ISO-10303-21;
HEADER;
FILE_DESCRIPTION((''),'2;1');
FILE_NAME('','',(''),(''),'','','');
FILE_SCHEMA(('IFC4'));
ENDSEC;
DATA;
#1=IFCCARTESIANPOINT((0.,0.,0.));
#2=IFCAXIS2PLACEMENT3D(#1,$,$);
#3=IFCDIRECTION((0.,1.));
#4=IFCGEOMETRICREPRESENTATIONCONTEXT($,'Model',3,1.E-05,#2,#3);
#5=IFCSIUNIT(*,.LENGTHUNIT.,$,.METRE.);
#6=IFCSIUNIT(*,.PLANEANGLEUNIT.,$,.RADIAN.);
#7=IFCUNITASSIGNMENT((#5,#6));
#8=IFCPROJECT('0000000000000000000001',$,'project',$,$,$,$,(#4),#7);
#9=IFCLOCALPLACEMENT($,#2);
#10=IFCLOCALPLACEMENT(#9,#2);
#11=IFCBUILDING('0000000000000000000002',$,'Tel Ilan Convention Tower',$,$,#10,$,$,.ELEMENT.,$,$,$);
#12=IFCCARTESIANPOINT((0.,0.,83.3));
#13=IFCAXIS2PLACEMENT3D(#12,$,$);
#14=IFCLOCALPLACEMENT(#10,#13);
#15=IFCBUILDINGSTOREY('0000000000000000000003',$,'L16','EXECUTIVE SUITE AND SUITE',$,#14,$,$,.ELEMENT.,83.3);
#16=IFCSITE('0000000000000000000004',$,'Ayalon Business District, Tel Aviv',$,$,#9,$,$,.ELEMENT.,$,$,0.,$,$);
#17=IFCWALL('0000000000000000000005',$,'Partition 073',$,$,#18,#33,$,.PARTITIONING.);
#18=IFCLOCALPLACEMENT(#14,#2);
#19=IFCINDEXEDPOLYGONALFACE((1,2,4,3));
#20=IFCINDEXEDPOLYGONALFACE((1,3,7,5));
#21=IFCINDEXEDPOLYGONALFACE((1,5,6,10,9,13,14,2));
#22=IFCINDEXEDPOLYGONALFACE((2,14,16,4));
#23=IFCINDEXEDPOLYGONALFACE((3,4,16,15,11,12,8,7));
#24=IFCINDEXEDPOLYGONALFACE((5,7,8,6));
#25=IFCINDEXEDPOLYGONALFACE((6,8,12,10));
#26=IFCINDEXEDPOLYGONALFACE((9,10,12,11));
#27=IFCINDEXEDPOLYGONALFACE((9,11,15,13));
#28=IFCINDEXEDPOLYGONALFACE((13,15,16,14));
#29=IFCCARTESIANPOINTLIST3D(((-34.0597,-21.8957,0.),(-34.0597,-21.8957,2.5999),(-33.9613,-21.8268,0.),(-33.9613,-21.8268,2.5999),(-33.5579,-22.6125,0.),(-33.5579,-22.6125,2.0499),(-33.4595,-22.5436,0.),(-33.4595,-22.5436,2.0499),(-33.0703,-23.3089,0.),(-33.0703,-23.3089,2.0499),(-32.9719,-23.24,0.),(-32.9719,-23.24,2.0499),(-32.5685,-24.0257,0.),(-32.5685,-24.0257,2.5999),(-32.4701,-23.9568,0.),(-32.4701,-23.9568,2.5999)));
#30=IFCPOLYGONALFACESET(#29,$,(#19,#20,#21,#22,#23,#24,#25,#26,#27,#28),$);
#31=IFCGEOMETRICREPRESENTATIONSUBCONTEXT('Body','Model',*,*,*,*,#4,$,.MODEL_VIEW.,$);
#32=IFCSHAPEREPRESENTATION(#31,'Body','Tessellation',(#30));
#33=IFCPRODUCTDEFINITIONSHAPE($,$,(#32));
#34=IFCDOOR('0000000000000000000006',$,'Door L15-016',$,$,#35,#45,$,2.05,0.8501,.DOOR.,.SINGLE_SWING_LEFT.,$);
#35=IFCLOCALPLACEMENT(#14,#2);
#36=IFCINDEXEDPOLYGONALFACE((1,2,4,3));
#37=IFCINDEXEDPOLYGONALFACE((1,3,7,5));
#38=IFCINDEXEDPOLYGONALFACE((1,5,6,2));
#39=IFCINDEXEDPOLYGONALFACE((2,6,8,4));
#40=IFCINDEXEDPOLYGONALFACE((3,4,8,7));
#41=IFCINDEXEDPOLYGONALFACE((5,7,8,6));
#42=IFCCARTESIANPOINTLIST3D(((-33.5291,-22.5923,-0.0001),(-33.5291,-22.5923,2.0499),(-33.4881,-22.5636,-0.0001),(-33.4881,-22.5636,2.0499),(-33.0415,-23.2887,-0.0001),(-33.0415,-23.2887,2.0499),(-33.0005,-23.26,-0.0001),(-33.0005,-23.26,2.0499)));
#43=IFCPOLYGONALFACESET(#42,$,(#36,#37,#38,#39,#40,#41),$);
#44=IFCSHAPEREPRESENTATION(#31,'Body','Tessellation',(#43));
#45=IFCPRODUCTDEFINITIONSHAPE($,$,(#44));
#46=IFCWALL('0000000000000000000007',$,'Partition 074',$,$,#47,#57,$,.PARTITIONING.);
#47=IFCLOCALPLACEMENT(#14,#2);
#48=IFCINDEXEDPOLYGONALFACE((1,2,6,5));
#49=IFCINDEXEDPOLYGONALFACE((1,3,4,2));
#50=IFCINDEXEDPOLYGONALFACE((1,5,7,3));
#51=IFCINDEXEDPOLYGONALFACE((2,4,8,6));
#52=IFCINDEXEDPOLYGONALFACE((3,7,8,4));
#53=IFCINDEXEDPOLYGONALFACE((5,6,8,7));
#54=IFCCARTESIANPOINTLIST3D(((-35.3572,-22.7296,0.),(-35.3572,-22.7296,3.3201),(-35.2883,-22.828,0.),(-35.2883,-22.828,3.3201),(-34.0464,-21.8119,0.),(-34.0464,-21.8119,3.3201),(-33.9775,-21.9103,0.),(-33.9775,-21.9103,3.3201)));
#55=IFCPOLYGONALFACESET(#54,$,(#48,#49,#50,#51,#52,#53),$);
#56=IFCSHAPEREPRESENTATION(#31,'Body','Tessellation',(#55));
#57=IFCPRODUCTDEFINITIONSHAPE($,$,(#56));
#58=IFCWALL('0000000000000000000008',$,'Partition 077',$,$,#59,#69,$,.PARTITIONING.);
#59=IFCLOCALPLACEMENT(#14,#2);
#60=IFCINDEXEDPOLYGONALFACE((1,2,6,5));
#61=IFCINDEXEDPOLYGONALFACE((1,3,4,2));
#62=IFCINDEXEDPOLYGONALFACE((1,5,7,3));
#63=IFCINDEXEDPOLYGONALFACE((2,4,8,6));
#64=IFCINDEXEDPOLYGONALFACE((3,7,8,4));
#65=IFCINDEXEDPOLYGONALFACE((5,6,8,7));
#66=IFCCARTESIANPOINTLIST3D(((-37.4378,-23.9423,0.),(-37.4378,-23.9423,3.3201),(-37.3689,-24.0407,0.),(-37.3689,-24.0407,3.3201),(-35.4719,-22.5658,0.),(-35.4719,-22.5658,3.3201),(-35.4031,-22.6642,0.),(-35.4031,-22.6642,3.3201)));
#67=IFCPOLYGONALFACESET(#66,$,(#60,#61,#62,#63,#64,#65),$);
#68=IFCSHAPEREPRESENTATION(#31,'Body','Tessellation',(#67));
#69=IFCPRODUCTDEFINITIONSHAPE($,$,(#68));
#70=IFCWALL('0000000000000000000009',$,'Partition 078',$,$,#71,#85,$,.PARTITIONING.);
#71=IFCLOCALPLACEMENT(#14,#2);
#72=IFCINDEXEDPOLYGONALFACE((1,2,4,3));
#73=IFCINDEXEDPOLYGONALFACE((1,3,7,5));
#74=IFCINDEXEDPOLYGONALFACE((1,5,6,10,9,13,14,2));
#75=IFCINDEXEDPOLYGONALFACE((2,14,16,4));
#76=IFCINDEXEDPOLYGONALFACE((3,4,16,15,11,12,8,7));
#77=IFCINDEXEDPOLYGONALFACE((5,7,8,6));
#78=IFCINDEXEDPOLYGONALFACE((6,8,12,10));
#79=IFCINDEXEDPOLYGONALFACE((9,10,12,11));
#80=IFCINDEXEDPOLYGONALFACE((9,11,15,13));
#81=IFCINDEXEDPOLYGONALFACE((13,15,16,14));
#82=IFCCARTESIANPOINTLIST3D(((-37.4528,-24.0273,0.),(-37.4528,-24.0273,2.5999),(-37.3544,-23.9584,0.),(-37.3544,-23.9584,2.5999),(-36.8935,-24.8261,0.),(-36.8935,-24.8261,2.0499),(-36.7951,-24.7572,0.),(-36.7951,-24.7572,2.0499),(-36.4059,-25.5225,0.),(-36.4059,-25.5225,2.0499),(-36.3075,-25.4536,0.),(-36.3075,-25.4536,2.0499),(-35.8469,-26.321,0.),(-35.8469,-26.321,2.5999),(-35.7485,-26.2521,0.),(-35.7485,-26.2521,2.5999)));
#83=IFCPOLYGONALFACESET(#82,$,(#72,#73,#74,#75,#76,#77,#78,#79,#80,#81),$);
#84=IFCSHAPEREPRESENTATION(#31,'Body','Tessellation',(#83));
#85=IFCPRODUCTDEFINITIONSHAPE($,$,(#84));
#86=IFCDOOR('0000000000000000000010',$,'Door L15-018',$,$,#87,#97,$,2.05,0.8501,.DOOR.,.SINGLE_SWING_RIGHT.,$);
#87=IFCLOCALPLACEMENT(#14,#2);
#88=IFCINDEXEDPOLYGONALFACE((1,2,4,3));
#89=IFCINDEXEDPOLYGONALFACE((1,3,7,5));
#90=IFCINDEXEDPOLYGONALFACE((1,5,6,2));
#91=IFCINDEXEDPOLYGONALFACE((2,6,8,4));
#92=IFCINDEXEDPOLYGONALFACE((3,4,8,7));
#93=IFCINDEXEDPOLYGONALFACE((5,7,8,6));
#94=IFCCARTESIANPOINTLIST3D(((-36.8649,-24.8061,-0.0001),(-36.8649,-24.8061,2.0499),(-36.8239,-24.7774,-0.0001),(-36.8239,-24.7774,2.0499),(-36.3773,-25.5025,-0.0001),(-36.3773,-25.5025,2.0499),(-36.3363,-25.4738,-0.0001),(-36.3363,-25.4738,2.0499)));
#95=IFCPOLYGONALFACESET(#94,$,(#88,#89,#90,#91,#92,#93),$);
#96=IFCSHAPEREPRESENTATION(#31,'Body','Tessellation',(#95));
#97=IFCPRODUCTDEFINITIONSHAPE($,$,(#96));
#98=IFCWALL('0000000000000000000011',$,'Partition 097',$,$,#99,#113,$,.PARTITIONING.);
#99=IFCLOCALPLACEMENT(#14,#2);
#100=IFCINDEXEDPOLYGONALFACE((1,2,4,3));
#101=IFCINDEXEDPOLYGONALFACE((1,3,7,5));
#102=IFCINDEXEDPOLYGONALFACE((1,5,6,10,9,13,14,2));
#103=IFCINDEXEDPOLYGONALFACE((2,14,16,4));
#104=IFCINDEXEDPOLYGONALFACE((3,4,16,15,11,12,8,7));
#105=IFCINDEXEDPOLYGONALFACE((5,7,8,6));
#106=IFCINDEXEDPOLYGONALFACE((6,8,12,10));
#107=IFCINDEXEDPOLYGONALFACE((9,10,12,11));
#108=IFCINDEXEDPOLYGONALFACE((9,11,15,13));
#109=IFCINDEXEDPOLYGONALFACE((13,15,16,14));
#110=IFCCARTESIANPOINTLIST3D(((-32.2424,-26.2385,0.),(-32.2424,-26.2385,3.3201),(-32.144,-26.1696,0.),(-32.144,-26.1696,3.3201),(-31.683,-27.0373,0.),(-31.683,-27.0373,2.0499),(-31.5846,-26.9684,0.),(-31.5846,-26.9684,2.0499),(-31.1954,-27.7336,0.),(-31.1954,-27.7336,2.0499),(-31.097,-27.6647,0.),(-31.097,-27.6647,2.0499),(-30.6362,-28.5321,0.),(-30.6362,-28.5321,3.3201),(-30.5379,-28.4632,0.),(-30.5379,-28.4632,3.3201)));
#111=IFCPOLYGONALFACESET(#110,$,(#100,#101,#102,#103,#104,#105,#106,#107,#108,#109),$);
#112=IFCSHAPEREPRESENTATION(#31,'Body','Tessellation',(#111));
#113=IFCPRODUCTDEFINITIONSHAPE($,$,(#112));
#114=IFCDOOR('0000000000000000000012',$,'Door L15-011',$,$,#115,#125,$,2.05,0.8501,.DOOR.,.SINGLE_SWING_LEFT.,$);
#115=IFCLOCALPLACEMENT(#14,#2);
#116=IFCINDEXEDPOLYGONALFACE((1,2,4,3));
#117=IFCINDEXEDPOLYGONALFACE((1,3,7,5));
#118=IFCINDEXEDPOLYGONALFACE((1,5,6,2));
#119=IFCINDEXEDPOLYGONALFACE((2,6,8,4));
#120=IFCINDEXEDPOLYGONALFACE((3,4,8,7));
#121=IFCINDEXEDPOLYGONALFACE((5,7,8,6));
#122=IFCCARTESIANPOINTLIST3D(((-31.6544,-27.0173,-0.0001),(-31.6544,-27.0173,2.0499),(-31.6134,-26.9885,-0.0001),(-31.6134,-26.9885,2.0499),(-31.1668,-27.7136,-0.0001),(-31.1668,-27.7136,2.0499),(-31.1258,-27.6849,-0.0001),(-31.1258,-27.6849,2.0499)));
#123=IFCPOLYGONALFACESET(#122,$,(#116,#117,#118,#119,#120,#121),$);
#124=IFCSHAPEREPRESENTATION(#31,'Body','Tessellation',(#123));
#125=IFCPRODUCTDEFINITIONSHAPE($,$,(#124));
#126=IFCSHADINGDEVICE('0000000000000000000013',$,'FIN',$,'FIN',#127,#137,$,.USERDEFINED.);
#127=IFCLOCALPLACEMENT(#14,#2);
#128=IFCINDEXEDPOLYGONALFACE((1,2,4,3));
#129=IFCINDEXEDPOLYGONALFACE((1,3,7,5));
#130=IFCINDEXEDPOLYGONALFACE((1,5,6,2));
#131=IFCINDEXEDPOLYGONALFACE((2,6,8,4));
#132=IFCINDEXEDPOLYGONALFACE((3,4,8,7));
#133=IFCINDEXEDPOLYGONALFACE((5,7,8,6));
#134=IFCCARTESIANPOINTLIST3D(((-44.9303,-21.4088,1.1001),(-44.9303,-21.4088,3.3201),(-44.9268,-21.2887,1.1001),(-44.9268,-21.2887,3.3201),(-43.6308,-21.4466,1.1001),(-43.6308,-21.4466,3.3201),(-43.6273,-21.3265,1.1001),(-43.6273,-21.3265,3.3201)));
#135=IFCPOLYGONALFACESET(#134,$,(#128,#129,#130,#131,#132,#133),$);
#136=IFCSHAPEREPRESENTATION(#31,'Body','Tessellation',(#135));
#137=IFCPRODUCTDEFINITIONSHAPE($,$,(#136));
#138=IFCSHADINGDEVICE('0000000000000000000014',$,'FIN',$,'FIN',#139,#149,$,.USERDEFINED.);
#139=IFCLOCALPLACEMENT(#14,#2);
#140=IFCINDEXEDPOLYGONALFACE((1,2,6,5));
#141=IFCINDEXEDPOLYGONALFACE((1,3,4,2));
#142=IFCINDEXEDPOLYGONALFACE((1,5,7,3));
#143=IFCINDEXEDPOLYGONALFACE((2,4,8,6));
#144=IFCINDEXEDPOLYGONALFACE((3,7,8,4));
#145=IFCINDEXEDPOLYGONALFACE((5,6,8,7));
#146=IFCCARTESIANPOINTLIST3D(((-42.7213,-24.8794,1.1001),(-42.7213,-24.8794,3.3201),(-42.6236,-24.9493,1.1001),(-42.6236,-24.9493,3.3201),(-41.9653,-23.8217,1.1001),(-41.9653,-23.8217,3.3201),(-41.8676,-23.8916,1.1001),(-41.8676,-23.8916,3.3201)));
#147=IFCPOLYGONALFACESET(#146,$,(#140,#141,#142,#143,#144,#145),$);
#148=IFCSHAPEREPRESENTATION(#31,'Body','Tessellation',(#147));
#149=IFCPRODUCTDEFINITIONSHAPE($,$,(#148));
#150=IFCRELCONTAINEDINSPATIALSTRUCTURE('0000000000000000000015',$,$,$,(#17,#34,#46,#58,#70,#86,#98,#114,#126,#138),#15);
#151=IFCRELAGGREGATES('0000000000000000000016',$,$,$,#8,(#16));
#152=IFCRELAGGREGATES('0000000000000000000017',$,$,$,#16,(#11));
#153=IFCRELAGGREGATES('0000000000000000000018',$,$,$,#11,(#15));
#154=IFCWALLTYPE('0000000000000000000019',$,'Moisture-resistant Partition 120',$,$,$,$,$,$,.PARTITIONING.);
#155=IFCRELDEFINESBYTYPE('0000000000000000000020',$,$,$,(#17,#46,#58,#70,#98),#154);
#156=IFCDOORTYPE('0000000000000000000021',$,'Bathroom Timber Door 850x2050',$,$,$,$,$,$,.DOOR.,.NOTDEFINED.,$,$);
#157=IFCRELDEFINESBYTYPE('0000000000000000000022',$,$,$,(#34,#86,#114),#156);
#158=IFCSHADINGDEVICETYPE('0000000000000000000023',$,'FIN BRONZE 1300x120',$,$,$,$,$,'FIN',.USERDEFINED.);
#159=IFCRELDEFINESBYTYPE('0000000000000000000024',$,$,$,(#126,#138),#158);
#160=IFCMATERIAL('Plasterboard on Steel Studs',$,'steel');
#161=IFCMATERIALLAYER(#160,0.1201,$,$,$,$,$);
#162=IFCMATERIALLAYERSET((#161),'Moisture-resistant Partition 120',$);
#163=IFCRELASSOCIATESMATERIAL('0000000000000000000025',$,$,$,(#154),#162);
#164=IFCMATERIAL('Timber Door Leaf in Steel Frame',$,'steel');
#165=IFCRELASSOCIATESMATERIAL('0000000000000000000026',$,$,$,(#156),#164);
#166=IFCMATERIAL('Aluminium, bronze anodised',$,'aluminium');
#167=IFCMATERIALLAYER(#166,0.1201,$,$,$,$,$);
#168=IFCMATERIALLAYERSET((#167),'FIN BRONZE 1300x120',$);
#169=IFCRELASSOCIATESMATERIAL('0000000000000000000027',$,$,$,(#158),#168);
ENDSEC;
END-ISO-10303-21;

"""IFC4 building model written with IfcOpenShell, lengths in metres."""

from ifc_helpers import new_model, si_unit, direction, frame, frame_2d, origin, origin_2d, place, context, subcontext, project, spatial, rectangle, extrude, material, layer, layer_set, type_object, element, fill, save


model = new_model("IFC4")

# Units and contexts
model_context = context("Model", 3, precision=1e-05, world=origin(), true_north=direction((0.0, 1.0)))
body_context = subcontext(model_context, "Body", "Model", "MODEL_VIEW")
ifc_project = project(units=[si_unit("LENGTHUNIT", "METRE"), si_unit("PLANEANGLEUNIT", "RADIAN")], contexts=[model_context])

# Site, building, storey
site_placement = place(None, origin())
site = spatial("IfcSite", under=ifc_project, at=site_placement, Name="Ayalon Business District, Tel Aviv", CompositionType="ELEMENT", RefElevation=0.0)
building_placement = place(site_placement, origin())
building = spatial("IfcBuilding", under=site, at=building_placement, Name="Tel Ilan Convention Tower", CompositionType="ELEMENT")
storey_placement = place(building_placement, frame((0.0, 0.0, 83.3)))
storey = spatial("IfcBuildingStorey", under=building, at=storey_placement, Name="L16", Description="EXECUTIVE SUITE AND SUITE", CompositionType="ELEMENT", Elevation=83.3)

# Wall, opening, door
ifc_material_1 = material(Name="Plasterboard on Steel Studs", Category="steel")
ifc_layer_1 = layer(ifc_material_1, 0.1201)
ifc_layer_set_1 = layer_set([ifc_layer_1], Name="Moisture-resistant Partition 120")
wall_type_1 = type_object("IfcWallType", Name="Moisture-resistant Partition 120", PredefinedType="PARTITIONING", material=ifc_layer_set_1)
wall_1_placement = place(storey_placement, frame((-32.5193, -23.9912, 0.0), z_axis=(0.0, 0.0, 1.0), x_axis=(-0.573538, 0.819179, 0.0)))
wall_1 = element("IfcWall", 1, at=wall_1_placement, inside=storey, type_object=wall_type_1, Name="Partition 073", PredefinedType="PARTITIONING", context=body_context, shape_type="SweptSolid", body=[
    extrude(rectangle(XDim=2.6001, YDim=0.1201, at=frame_2d((1.3, 0.0))), origin(), (0.0, 0.0, 1.0), 2.5999),
])
opening_1_placement = place(wall_1_placement, frame((0.875, 0.0, 0.0)))
opening_1 = element("IfcOpeningElement", 2, at=opening_1_placement, cuts=wall_1, PredefinedType="OPENING", context=body_context, shape_type="SweptSolid", body=[
    extrude(rectangle(XDim=0.8501, YDim=2.05, at=frame_2d((0.425, 1.0249))), frame((0.0, 0.0701, 0.0), z_axis=(0.0, -1.0, 0.0), x_axis=(1.0, 0.0, 0.0)), (0.0, 0.0, 1.0), 0.1401),
])
ifc_material_2 = material(Name="Timber Door Leaf in Steel Frame", Category="steel")
door_type_1 = type_object("IfcDoorType", Name="Bathroom Timber Door 850x2050", OperationType="NOTDEFINED", PredefinedType="DOOR", material=ifc_material_2)
door_1_placement = place(opening_1_placement, origin())
door_1 = element("IfcDoor", 3, at=door_1_placement, inside=storey, type_object=door_type_1, Name="Door L15-016", OperationType="SINGLE_SWING_LEFT", OverallHeight=2.05, OverallWidth=0.8501, PredefinedType="DOOR", context=body_context, shape_type="SweptSolid", body=[
    extrude(rectangle(XDim=0.8501, YDim=2.05, at=frame_2d((0.425, 1.0249))), frame((0.0, 0.0249, 0.0), z_axis=(0.0, -1.0, 0.0), x_axis=(1.0, 0.0, 0.0)), (0.0, 0.0, 1.0), 0.05),
])
fill(opening_1, door_1)

# Walls
wall_2_placement = place(storey_placement, frame((-34.012, -21.8611, 0.0), z_axis=(0.0, 0.0, 1.0), x_axis=(-0.819182, -0.573534, 0.0)))
element("IfcWall", 4, at=wall_2_placement, inside=storey, type_object=wall_type_1, Name="Partition 074", PredefinedType="PARTITIONING", context=body_context, shape_type="SweptSolid", body=[
    extrude(rectangle(XDim=1.6001, YDim=0.1201, at=frame_2d((0.8, 0.0))), origin(), (0.0, 0.0, 1.0), 3.3201),
])
wall_3_placement = place(storey_placement, frame((-35.4375, -22.615, 0.0), z_axis=(0.0, 0.0, 1.0), x_axis=(-0.819155, -0.573572, 0.0)))
element("IfcWall", 5, at=wall_3_placement, inside=storey, type_object=wall_type_1, Name="Partition 077", PredefinedType="PARTITIONING", context=body_context, shape_type="SweptSolid", body=[
    extrude(rectangle(XDim=2.3999, YDim=0.1201, at=frame_2d((1.2, 0.0))), origin(), (0.0, 0.0, 1.0), 3.3201),
])

# Walls, openings, doors
wall_4_placement = place(storey_placement, frame((-37.4036, -23.9929, 0.0), z_axis=(0.0, 0.0, 1.0), x_axis=(0.57355, -0.81917, 0.0)))
wall_4 = element("IfcWall", 6, at=wall_4_placement, inside=storey, type_object=wall_type_1, Name="Partition 078", PredefinedType="PARTITIONING", context=body_context, shape_type="SweptSolid", body=[
    extrude(rectangle(XDim=2.8, YDim=0.1201, at=frame_2d((1.3999, 0.0))), origin(), (0.0, 0.0, 1.0), 2.5999),
])
opening_2_placement = place(wall_4_placement, frame((0.9751, 0.0, 0.0)))
opening_2 = element("IfcOpeningElement", 7, at=opening_2_placement, cuts=wall_4, PredefinedType="OPENING", context=body_context, shape_type="SweptSolid", body=[
    extrude(rectangle(XDim=0.8501, YDim=2.05, at=frame_2d((0.425, 1.0249))), frame((0.0, 0.0701, 0.0), z_axis=(0.0, -1.0, 0.0), x_axis=(1.0, 0.0, 0.0)), (0.0, 0.0, 1.0), 0.1401),
])
door_2_placement = place(opening_2_placement, origin())
door_2 = element("IfcDoor", 8, at=door_2_placement, inside=storey, type_object=door_type_1, Name="Door L15-018", OperationType="SINGLE_SWING_RIGHT", OverallHeight=2.05, OverallWidth=0.8501, PredefinedType="DOOR", context=body_context, shape_type="SweptSolid", body=[
    extrude(rectangle(XDim=0.8501, YDim=2.05, at=frame_2d((0.425, 1.0249))), frame((0.0, 0.0249, 0.0), z_axis=(0.0, -1.0, 0.0), x_axis=(1.0, 0.0, 0.0)), (0.0, 0.0, 1.0), 0.05),
])
fill(opening_2, door_2)
wall_5_placement = place(storey_placement, frame((-32.1931, -26.2041, 0.0), z_axis=(0.0, 0.0, 1.0), x_axis=(0.573609, -0.81913, 0.0)))
wall_5 = element("IfcWall", 9, at=wall_5_placement, inside=storey, type_object=wall_type_1, Name="Partition 097", PredefinedType="PARTITIONING", context=body_context, shape_type="SweptSolid", body=[
    extrude(rectangle(XDim=2.8, YDim=0.1201, at=frame_2d((1.3999, 0.0))), origin(), (0.0, 0.0, 1.0), 3.3201),
])
opening_3_placement = place(wall_5_placement, frame((0.9751, 0.0, 0.0)))
opening_3 = element("IfcOpeningElement", 10, at=opening_3_placement, cuts=wall_5, PredefinedType="OPENING", context=body_context, shape_type="SweptSolid", body=[
    extrude(rectangle(XDim=0.8501, YDim=2.05, at=frame_2d((0.425, 1.0249))), frame((0.0, 0.0701, 0.0), z_axis=(0.0, -1.0, 0.0), x_axis=(1.0, 0.0, 0.0)), (0.0, 0.0, 1.0), 0.1401),
])
door_3_placement = place(opening_3_placement, origin())
door_3 = element("IfcDoor", 11, at=door_3_placement, inside=storey, type_object=door_type_1, Name="Door L15-011", OperationType="SINGLE_SWING_LEFT", OverallHeight=2.05, OverallWidth=0.8501, PredefinedType="DOOR", context=body_context, shape_type="SweptSolid", body=[
    extrude(rectangle(XDim=0.8501, YDim=2.05, at=frame_2d((0.425, 1.0249))), frame((0.0, 0.0249, 0.0), z_axis=(0.0, -1.0, 0.0), x_axis=(1.0, 0.0, 0.0)), (0.0, 0.0, 1.0), 0.05),
])
fill(opening_3, door_3)

# Shading devices
ifc_material_3 = material(Name="Aluminium, bronze anodised", Category="aluminium")
ifc_layer_2 = layer(ifc_material_3, 0.1201)
ifc_layer_set_2 = layer_set([ifc_layer_2], Name="FIN BRONZE 1300x120")
shading_device_type = type_object("IfcShadingDeviceType", Name="FIN BRONZE 1300x120", ElementType="FIN", PredefinedType="USERDEFINED", material=ifc_layer_set_2)
for number, where, z_axis, x_axis, name in (
    (12, (-44.2788, -21.3677, 1.1001), (0.0, 0.0, 1.0), (-0.999577, 0.029085, 0.0), "FIN"),
    (13, (-42.2944, -24.3855, 1.1001), (0.0, 0.0, 1.0), (-0.581492, -0.813552, 0.0), "FIN"),
):
    element("IfcShadingDevice", number, at=place(storey_placement, frame(where, z_axis=z_axis, x_axis=x_axis)), inside=storey, type_object=shading_device_type, Name=name, ObjectType="FIN", PredefinedType="USERDEFINED", context=body_context, shape_type="SweptSolid", body=[
        extrude(rectangle(XDim=1.3, YDim=0.1201, at=origin_2d()), origin(), (0.0, 0.0, 1.0), 2.22),
    ])

save(model, "model.ifc")
